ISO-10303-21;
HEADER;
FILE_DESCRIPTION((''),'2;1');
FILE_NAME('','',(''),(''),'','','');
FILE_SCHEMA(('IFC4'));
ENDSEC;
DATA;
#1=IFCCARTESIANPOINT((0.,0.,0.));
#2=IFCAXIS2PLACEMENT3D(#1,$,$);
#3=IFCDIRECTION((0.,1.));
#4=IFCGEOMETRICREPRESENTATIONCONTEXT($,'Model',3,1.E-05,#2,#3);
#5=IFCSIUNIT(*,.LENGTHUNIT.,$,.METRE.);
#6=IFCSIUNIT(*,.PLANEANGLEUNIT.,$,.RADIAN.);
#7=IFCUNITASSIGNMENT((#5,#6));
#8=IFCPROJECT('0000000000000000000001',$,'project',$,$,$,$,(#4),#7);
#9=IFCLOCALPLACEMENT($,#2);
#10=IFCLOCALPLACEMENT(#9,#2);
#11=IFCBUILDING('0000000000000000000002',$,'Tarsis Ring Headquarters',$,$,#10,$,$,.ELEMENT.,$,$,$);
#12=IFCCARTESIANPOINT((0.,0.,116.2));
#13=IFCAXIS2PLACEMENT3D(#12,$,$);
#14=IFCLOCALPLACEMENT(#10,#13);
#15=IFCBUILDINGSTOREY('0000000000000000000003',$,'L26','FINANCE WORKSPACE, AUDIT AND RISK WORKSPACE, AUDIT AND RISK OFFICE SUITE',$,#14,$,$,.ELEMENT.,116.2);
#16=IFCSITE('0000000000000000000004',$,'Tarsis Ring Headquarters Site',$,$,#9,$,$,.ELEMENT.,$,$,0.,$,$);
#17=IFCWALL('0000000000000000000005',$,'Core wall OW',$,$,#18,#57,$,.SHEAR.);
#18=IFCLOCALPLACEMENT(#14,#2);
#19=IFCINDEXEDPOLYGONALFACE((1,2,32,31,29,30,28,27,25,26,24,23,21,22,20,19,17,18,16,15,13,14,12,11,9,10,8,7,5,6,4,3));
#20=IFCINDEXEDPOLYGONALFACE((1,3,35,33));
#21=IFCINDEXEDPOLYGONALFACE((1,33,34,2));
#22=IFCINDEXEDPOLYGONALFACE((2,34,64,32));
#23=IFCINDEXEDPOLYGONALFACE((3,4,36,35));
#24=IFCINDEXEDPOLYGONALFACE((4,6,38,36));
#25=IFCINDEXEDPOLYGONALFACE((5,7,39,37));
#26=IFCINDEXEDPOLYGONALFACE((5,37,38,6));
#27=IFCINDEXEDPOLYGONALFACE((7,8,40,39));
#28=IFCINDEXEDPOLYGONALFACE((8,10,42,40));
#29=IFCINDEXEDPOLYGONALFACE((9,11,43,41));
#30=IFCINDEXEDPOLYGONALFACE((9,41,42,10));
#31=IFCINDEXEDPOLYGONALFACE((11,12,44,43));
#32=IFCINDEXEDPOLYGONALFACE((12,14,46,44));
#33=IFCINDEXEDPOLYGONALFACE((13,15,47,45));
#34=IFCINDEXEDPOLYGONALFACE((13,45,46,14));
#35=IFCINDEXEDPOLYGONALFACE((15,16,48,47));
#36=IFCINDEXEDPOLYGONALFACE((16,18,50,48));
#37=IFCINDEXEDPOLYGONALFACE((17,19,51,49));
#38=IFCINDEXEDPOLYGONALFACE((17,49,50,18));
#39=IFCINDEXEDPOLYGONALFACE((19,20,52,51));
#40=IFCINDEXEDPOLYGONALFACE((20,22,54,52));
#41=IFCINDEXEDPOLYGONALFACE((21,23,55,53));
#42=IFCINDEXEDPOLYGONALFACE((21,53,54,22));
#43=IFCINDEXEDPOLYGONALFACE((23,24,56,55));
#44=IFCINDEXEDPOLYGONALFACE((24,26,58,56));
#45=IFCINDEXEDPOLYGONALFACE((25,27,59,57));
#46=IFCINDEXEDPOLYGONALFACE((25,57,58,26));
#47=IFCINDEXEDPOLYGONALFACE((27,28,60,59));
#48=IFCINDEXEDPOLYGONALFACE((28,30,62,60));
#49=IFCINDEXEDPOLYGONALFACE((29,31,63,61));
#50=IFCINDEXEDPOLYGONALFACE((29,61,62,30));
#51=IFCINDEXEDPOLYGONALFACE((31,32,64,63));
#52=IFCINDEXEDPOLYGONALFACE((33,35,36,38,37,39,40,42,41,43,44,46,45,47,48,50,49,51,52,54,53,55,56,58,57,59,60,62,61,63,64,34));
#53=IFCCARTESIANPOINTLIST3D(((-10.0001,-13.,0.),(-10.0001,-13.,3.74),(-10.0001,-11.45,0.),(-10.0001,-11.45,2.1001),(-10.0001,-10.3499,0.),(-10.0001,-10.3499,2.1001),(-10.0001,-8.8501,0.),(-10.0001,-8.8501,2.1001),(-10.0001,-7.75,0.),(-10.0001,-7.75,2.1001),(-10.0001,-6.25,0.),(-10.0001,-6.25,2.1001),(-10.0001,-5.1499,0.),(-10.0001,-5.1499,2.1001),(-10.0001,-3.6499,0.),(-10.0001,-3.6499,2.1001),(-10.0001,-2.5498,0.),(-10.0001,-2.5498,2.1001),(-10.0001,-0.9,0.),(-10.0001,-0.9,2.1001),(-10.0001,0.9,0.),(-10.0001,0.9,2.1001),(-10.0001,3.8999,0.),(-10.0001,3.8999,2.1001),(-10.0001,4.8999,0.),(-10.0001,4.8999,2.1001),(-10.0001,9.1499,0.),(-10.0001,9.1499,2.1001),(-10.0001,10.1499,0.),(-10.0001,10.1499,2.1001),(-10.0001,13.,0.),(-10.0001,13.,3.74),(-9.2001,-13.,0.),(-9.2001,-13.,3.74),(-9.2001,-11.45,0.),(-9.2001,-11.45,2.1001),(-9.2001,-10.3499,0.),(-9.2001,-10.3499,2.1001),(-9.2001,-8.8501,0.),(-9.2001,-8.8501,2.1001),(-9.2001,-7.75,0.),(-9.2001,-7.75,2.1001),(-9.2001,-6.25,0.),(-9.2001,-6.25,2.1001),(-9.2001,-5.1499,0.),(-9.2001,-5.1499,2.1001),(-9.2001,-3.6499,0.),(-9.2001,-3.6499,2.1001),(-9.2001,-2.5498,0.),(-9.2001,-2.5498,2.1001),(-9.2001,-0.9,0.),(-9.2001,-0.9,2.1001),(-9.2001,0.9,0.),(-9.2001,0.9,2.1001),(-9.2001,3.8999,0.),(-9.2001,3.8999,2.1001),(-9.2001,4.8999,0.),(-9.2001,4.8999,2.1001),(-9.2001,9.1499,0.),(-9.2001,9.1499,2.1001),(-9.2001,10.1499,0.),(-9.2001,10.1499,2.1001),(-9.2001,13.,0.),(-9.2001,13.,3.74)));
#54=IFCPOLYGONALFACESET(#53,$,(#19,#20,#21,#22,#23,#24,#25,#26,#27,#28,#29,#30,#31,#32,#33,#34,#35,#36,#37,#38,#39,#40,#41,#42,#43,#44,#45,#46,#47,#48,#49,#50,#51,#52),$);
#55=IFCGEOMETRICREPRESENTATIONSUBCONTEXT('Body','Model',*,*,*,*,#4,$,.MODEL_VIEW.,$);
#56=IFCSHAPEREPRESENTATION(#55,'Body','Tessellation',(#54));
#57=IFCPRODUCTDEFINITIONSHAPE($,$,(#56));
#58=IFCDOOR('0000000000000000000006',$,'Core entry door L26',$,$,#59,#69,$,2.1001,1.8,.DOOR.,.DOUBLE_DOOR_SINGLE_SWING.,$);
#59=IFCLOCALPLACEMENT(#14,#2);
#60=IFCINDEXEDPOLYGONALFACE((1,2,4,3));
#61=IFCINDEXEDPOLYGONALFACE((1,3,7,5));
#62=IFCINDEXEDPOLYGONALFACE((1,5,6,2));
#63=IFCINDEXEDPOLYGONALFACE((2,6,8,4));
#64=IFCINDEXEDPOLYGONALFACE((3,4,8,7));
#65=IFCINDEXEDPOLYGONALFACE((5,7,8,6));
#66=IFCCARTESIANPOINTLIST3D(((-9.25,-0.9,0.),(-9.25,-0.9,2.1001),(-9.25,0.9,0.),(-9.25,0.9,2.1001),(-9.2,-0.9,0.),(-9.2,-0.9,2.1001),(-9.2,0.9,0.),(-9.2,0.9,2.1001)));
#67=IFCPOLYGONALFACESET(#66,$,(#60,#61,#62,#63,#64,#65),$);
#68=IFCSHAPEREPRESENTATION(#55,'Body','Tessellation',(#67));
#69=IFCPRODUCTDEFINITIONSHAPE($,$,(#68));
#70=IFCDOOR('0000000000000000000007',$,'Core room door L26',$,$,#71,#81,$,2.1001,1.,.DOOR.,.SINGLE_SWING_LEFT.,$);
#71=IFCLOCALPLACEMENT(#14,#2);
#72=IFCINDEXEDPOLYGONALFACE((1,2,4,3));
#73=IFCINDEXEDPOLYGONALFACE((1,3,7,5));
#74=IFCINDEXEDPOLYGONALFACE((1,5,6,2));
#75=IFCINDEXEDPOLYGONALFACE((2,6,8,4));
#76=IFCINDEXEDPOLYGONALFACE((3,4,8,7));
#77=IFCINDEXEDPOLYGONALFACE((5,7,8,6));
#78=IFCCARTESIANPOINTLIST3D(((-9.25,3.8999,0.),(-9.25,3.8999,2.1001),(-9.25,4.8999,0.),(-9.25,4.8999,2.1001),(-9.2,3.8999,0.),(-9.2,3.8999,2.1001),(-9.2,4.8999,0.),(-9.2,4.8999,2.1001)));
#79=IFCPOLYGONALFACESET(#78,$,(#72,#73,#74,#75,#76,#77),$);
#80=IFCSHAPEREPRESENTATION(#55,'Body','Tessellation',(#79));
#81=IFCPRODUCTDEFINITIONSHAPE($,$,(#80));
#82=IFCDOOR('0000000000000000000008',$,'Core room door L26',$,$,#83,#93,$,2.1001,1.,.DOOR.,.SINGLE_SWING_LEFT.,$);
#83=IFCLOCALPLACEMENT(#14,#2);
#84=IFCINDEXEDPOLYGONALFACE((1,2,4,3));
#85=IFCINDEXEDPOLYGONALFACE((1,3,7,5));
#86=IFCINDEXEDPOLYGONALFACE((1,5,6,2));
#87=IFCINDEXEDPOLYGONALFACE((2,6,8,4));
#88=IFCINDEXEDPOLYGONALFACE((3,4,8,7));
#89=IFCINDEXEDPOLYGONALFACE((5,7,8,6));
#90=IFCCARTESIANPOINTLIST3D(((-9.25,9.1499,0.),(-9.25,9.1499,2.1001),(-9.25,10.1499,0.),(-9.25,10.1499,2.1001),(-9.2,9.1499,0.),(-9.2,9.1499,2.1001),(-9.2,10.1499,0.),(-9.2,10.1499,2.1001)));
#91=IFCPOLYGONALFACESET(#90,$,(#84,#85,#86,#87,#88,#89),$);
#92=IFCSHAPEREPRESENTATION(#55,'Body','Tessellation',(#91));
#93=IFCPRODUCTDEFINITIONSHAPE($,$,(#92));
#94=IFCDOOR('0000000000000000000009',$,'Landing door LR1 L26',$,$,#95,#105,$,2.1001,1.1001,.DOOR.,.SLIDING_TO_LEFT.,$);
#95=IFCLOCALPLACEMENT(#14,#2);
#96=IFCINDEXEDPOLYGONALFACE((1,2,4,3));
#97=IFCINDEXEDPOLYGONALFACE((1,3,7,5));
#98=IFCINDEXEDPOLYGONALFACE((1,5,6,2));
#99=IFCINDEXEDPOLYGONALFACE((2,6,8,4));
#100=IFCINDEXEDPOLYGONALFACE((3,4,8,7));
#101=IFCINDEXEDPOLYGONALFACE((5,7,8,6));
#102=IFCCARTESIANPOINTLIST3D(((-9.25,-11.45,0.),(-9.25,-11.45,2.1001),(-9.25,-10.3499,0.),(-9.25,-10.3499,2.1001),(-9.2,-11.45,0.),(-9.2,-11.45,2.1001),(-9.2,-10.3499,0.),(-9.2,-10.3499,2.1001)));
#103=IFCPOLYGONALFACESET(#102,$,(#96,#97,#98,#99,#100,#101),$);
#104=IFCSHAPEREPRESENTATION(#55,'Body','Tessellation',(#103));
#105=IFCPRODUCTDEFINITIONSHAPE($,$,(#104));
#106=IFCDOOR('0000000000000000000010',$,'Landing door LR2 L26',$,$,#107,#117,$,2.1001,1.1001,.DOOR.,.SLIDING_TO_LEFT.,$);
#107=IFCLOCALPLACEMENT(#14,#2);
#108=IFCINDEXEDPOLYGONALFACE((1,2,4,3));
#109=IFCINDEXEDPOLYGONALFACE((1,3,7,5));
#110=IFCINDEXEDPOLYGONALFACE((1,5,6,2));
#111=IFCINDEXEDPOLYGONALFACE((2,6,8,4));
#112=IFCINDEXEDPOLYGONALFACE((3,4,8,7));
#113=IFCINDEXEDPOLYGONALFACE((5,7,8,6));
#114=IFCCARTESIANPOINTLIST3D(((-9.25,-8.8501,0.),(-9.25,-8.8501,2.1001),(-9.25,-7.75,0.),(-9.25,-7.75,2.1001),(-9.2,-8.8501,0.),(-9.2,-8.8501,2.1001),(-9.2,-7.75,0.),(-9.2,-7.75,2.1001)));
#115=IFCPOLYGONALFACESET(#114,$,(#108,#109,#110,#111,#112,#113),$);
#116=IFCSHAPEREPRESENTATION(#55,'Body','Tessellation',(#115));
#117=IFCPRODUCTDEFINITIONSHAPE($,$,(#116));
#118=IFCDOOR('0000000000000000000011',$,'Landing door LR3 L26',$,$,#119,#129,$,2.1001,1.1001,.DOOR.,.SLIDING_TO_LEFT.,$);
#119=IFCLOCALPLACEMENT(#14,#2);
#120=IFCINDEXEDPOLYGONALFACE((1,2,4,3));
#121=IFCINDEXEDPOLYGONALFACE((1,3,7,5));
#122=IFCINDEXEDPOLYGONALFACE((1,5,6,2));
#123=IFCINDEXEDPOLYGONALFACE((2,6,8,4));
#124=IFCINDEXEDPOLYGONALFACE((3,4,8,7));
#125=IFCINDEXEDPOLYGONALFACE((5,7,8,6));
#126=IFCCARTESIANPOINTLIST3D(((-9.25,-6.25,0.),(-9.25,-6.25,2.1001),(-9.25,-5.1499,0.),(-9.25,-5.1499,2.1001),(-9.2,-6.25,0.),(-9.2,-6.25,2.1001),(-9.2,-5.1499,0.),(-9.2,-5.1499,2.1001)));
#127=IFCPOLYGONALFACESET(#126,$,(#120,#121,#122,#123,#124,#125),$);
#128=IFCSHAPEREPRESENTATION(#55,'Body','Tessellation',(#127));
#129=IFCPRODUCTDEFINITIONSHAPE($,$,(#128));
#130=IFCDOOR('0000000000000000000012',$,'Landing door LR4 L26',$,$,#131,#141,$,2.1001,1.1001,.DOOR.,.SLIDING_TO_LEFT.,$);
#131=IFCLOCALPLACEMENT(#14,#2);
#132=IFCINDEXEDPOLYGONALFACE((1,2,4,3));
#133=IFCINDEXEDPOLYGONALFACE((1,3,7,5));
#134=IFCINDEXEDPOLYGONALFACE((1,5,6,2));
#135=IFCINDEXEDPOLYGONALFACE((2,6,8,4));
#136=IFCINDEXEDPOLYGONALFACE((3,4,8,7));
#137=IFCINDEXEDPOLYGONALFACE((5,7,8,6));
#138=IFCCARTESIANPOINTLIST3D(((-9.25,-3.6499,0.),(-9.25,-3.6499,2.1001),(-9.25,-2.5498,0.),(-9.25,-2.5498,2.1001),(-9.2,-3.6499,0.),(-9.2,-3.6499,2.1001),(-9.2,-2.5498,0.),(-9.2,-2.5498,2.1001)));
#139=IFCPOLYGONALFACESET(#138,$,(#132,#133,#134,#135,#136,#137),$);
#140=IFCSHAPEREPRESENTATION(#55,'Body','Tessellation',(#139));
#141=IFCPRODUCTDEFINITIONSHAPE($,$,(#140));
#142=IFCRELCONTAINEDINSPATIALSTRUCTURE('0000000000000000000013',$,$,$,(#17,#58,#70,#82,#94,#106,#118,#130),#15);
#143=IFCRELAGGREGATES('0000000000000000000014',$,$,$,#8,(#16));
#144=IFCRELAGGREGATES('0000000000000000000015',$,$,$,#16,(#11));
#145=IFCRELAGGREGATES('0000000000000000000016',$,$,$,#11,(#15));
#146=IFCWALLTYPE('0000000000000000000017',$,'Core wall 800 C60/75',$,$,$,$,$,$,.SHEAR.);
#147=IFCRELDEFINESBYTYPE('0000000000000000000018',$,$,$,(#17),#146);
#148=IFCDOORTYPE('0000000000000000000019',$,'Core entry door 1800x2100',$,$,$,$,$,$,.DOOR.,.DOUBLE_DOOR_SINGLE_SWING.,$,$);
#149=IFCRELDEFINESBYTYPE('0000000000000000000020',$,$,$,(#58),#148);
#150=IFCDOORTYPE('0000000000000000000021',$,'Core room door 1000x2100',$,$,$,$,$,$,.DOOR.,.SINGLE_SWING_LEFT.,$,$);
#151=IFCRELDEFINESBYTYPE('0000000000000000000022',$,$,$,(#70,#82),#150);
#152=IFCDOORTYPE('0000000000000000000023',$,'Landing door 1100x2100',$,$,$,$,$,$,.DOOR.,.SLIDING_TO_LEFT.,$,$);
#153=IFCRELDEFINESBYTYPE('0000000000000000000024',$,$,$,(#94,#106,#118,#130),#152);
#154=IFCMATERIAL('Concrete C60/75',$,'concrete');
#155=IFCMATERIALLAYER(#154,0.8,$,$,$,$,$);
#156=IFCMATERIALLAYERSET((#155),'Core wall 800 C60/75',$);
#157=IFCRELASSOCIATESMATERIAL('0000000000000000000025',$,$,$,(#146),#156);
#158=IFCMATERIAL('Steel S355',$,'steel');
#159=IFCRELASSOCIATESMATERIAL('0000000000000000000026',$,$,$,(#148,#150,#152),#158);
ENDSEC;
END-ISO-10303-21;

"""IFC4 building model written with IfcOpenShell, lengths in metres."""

from ifc_helpers import new_model, si_unit, direction, frame, frame_2d, origin, place, context, subcontext, project, spatial, rectangle, extrude, material, layer, layer_set, type_object, element, fill, save


model = new_model("IFC4")

# Units and contexts
model_context = context("Model", 3, precision=1e-05, world=origin(), true_north=direction((0.0, 1.0)))
body_context = subcontext(model_context, "Body", "Model", "MODEL_VIEW")
ifc_project = project(units=[si_unit("LENGTHUNIT", "METRE"), si_unit("PLANEANGLEUNIT", "RADIAN")], contexts=[model_context])

# Site, building, storey
site_placement = place(None, origin())
site = spatial("IfcSite", under=ifc_project, at=site_placement, Name="Tarsis Ring Headquarters Site", CompositionType="ELEMENT", RefElevation=0.0)
building_placement = place(site_placement, origin())
building = spatial("IfcBuilding", under=site, at=building_placement, Name="Tarsis Ring Headquarters", CompositionType="ELEMENT")
storey_placement = place(building_placement, frame((0.0, 0.0, 116.2)))
storey = spatial("IfcBuildingStorey", under=building, at=storey_placement, Name="L26", Description="FINANCE WORKSPACE, AUDIT AND RISK WORKSPACE, AUDIT AND RISK OFFICE SUITE", CompositionType="ELEMENT", Elevation=116.2)

# Wall, openings, doors
ifc_material_1 = material(Name="Concrete C60/75", Category="concrete")
ifc_layer_1 = layer(ifc_material_1, 0.8)
ifc_layer_set_1 = layer_set([ifc_layer_1], Name="Core wall 800 C60/75")
wall_type_1 = type_object("IfcWallType", Name="Core wall 800 C60/75", PredefinedType="SHEAR", material=ifc_layer_set_1)
wall_1_placement = place(storey_placement, frame((-9.6001, -13.0, 0.0), z_axis=(0.0, 0.0, 1.0), x_axis=(0.0, 1.0, 0.0)))
wall_1 = element("IfcWall", 1, at=wall_1_placement, inside=storey, type_object=wall_type_1, Name="Core wall OW", PredefinedType="SHEAR", context=body_context, shape_type="SweptSolid", body=[
    extrude(rectangle(XDim=26.0, YDim=0.8, at=frame_2d((13.0, 0.0))), origin(), (0.0, 0.0, 1.0), 3.74),
])
opening_1_placement = place(wall_1_placement, frame((1.55, 0.0, 0.0)))
opening_1 = element("IfcOpeningElement", 2, at=opening_1_placement, cuts=wall_1, PredefinedType="OPENING", context=body_context, shape_type="SweptSolid", body=[
    extrude(rectangle(XDim=1.1001, YDim=2.1001, at=frame_2d((0.55, 1.05))), frame((0.0, 0.4099, 0.0), z_axis=(0.0, -1.0, 0.0), x_axis=(1.0, 0.0, 0.0)), (0.0, 0.0, 1.0), 0.8201),
])
opening_2_placement = place(wall_1_placement, frame((4.1499, 0.0, 0.0)))
opening_2 = element("IfcOpeningElement", 3, at=opening_2_placement, cuts=wall_1, PredefinedType="OPENING", context=body_context, shape_type="SweptSolid", body=[
    extrude(rectangle(XDim=1.1001, YDim=2.1001, at=frame_2d((0.55, 1.05))), frame((0.0, 0.4099, 0.0), z_axis=(0.0, -1.0, 0.0), x_axis=(1.0, 0.0, 0.0)), (0.0, 0.0, 1.0), 0.8201),
])
opening_3_placement = place(wall_1_placement, frame((6.75, 0.0, 0.0)))
opening_3 = element("IfcOpeningElement", 4, at=opening_3_placement, cuts=wall_1, PredefinedType="OPENING", context=body_context, shape_type="SweptSolid", body=[
    extrude(rectangle(XDim=1.1001, YDim=2.1001, at=frame_2d((0.55, 1.05))), frame((0.0, 0.4099, 0.0), z_axis=(0.0, -1.0, 0.0), x_axis=(1.0, 0.0, 0.0)), (0.0, 0.0, 1.0), 0.8201),
])
opening_4_placement = place(wall_1_placement, frame((9.3501, 0.0, 0.0)))
opening_4 = element("IfcOpeningElement", 5, at=opening_4_placement, cuts=wall_1, PredefinedType="OPENING", context=body_context, shape_type="SweptSolid", body=[
    extrude(rectangle(XDim=1.1001, YDim=2.1001, at=frame_2d((0.55, 1.05))), frame((0.0, 0.4099, 0.0), z_axis=(0.0, -1.0, 0.0), x_axis=(1.0, 0.0, 0.0)), (0.0, 0.0, 1.0), 0.8201),
])
opening_5_placement = place(wall_1_placement, frame((12.1001, 0.0, 0.0)))
opening_5 = element("IfcOpeningElement", 6, at=opening_5_placement, cuts=wall_1, PredefinedType="OPENING", context=body_context, shape_type="SweptSolid", body=[
    extrude(rectangle(XDim=1.8, YDim=2.1001, at=frame_2d((0.8999, 1.05))), frame((0.0, 0.4099, 0.0), z_axis=(0.0, -1.0, 0.0), x_axis=(1.0, 0.0, 0.0)), (0.0, 0.0, 1.0), 0.8201),
])
opening_6_placement = place(wall_1_placement, frame((16.8999, 0.0, 0.0)))
opening_6 = element("IfcOpeningElement", 7, at=opening_6_placement, cuts=wall_1, PredefinedType="OPENING", context=body_context, shape_type="SweptSolid", body=[
    extrude(rectangle(XDim=1.0, YDim=2.1001, at=frame_2d((0.5, 1.05))), frame((0.0, 0.4099, 0.0), z_axis=(0.0, -1.0, 0.0), x_axis=(1.0, 0.0, 0.0)), (0.0, 0.0, 1.0), 0.8201),
])
opening_7_placement = place(wall_1_placement, frame((22.1499, 0.0, 0.0)))
opening_7 = element("IfcOpeningElement", 8, at=opening_7_placement, cuts=wall_1, PredefinedType="OPENING", context=body_context, shape_type="SweptSolid", body=[
    extrude(rectangle(XDim=1.0, YDim=2.1001, at=frame_2d((0.5, 1.05))), frame((0.0, 0.4099, 0.0), z_axis=(0.0, -1.0, 0.0), x_axis=(1.0, 0.0, 0.0)), (0.0, 0.0, 1.0), 0.8201),
])
ifc_material_2 = material(Name="Steel S355", Category="steel")
door_type_1 = type_object("IfcDoorType", Name="Core entry door 1800x2100", OperationType="DOUBLE_DOOR_SINGLE_SWING", PredefinedType="DOOR", material=ifc_material_2)
door_1_placement = place(opening_5_placement, origin())
door_1 = element("IfcDoor", 9, at=door_1_placement, inside=storey, type_object=door_type_1, Name="Core entry door L26", OperationType="DOUBLE_DOOR_SINGLE_SWING", OverallHeight=2.1001, OverallWidth=1.8, PredefinedType="DOOR", context=body_context, shape_type="SweptSolid", body=[
    extrude(rectangle(XDim=1.8, YDim=2.1001, at=frame_2d((0.8999, 1.05))), frame((0.0, -0.3501, 0.0), z_axis=(0.0, -1.0, 0.0), x_axis=(1.0, 0.0, 0.0)), (0.0, 0.0, 1.0), 0.05),
])
fill(opening_5, door_1)
door_type_2 = type_object("IfcDoorType", Name="Core room door 1000x2100", OperationType="SINGLE_SWING_LEFT", PredefinedType="DOOR", material=ifc_material_2)
door_2_placement = place(opening_6_placement, origin())
door_2 = element("IfcDoor", 10, at=door_2_placement, inside=storey, type_object=door_type_2, Name="Core room door L26", OperationType="SINGLE_SWING_LEFT", OverallHeight=2.1001, OverallWidth=1.0, PredefinedType="DOOR", context=body_context, shape_type="SweptSolid", body=[
    extrude(rectangle(XDim=1.0, YDim=2.1001, at=frame_2d((0.5, 1.05))), frame((0.0, -0.3501, 0.0), z_axis=(0.0, -1.0, 0.0), x_axis=(1.0, 0.0, 0.0)), (0.0, 0.0, 1.0), 0.05),
])
fill(opening_6, door_2)
door_3_placement = place(opening_7_placement, origin())
door_3 = element("IfcDoor", 11, at=door_3_placement, inside=storey, type_object=door_type_2, Name="Core room door L26", OperationType="SINGLE_SWING_LEFT", OverallHeight=2.1001, OverallWidth=1.0, PredefinedType="DOOR", context=body_context, shape_type="SweptSolid", body=[
    extrude(rectangle(XDim=1.0, YDim=2.1001, at=frame_2d((0.5, 1.05))), frame((0.0, -0.3501, 0.0), z_axis=(0.0, -1.0, 0.0), x_axis=(1.0, 0.0, 0.0)), (0.0, 0.0, 1.0), 0.05),
])
fill(opening_7, door_3)
door_type_3 = type_object("IfcDoorType", Name="Landing door 1100x2100", OperationType="SLIDING_TO_LEFT", PredefinedType="DOOR", material=ifc_material_2)
door_4_placement = place(opening_1_placement, origin())
door_4 = element("IfcDoor", 12, at=door_4_placement, inside=storey, type_object=door_type_3, Name="Landing door LR1 L26", OperationType="SLIDING_TO_LEFT", OverallHeight=2.1001, OverallWidth=1.1001, PredefinedType="DOOR", context=body_context, shape_type="SweptSolid", body=[
    extrude(rectangle(XDim=1.1001, YDim=2.1001, at=frame_2d((0.55, 1.05))), frame((0.0, -0.3501, 0.0), z_axis=(0.0, -1.0, 0.0), x_axis=(1.0, 0.0, 0.0)), (0.0, 0.0, 1.0), 0.05),
])
fill(opening_1, door_4)
door_5_placement = place(opening_2_placement, origin())
door_5 = element("IfcDoor", 13, at=door_5_placement, inside=storey, type_object=door_type_3, Name="Landing door LR2 L26", OperationType="SLIDING_TO_LEFT", OverallHeight=2.1001, OverallWidth=1.1001, PredefinedType="DOOR", context=body_context, shape_type="SweptSolid", body=[
    extrude(rectangle(XDim=1.1001, YDim=2.1001, at=frame_2d((0.55, 1.05))), frame((0.0, -0.3501, 0.0), z_axis=(0.0, -1.0, 0.0), x_axis=(1.0, 0.0, 0.0)), (0.0, 0.0, 1.0), 0.05),
])
fill(opening_2, door_5)
door_6_placement = place(opening_3_placement, origin())
door_6 = element("IfcDoor", 14, at=door_6_placement, inside=storey, type_object=door_type_3, Name="Landing door LR3 L26", OperationType="SLIDING_TO_LEFT", OverallHeight=2.1001, OverallWidth=1.1001, PredefinedType="DOOR", context=body_context, shape_type="SweptSolid", body=[
    extrude(rectangle(XDim=1.1001, YDim=2.1001, at=frame_2d((0.55, 1.05))), frame((0.0, -0.3501, 0.0), z_axis=(0.0, -1.0, 0.0), x_axis=(1.0, 0.0, 0.0)), (0.0, 0.0, 1.0), 0.05),
])
fill(opening_3, door_6)
door_7_placement = place(opening_4_placement, origin())
door_7 = element("IfcDoor", 15, at=door_7_placement, inside=storey, type_object=door_type_3, Name="Landing door LR4 L26", OperationType="SLIDING_TO_LEFT", OverallHeight=2.1001, OverallWidth=1.1001, PredefinedType="DOOR", context=body_context, shape_type="SweptSolid", body=[
    extrude(rectangle(XDim=1.1001, YDim=2.1001, at=frame_2d((0.55, 1.05))), frame((0.0, -0.3501, 0.0), z_axis=(0.0, -1.0, 0.0), x_axis=(1.0, 0.0, 0.0)), (0.0, 0.0, 1.0), 0.05),
])
fill(opening_4, door_7)

save(model, "model.ifc")
